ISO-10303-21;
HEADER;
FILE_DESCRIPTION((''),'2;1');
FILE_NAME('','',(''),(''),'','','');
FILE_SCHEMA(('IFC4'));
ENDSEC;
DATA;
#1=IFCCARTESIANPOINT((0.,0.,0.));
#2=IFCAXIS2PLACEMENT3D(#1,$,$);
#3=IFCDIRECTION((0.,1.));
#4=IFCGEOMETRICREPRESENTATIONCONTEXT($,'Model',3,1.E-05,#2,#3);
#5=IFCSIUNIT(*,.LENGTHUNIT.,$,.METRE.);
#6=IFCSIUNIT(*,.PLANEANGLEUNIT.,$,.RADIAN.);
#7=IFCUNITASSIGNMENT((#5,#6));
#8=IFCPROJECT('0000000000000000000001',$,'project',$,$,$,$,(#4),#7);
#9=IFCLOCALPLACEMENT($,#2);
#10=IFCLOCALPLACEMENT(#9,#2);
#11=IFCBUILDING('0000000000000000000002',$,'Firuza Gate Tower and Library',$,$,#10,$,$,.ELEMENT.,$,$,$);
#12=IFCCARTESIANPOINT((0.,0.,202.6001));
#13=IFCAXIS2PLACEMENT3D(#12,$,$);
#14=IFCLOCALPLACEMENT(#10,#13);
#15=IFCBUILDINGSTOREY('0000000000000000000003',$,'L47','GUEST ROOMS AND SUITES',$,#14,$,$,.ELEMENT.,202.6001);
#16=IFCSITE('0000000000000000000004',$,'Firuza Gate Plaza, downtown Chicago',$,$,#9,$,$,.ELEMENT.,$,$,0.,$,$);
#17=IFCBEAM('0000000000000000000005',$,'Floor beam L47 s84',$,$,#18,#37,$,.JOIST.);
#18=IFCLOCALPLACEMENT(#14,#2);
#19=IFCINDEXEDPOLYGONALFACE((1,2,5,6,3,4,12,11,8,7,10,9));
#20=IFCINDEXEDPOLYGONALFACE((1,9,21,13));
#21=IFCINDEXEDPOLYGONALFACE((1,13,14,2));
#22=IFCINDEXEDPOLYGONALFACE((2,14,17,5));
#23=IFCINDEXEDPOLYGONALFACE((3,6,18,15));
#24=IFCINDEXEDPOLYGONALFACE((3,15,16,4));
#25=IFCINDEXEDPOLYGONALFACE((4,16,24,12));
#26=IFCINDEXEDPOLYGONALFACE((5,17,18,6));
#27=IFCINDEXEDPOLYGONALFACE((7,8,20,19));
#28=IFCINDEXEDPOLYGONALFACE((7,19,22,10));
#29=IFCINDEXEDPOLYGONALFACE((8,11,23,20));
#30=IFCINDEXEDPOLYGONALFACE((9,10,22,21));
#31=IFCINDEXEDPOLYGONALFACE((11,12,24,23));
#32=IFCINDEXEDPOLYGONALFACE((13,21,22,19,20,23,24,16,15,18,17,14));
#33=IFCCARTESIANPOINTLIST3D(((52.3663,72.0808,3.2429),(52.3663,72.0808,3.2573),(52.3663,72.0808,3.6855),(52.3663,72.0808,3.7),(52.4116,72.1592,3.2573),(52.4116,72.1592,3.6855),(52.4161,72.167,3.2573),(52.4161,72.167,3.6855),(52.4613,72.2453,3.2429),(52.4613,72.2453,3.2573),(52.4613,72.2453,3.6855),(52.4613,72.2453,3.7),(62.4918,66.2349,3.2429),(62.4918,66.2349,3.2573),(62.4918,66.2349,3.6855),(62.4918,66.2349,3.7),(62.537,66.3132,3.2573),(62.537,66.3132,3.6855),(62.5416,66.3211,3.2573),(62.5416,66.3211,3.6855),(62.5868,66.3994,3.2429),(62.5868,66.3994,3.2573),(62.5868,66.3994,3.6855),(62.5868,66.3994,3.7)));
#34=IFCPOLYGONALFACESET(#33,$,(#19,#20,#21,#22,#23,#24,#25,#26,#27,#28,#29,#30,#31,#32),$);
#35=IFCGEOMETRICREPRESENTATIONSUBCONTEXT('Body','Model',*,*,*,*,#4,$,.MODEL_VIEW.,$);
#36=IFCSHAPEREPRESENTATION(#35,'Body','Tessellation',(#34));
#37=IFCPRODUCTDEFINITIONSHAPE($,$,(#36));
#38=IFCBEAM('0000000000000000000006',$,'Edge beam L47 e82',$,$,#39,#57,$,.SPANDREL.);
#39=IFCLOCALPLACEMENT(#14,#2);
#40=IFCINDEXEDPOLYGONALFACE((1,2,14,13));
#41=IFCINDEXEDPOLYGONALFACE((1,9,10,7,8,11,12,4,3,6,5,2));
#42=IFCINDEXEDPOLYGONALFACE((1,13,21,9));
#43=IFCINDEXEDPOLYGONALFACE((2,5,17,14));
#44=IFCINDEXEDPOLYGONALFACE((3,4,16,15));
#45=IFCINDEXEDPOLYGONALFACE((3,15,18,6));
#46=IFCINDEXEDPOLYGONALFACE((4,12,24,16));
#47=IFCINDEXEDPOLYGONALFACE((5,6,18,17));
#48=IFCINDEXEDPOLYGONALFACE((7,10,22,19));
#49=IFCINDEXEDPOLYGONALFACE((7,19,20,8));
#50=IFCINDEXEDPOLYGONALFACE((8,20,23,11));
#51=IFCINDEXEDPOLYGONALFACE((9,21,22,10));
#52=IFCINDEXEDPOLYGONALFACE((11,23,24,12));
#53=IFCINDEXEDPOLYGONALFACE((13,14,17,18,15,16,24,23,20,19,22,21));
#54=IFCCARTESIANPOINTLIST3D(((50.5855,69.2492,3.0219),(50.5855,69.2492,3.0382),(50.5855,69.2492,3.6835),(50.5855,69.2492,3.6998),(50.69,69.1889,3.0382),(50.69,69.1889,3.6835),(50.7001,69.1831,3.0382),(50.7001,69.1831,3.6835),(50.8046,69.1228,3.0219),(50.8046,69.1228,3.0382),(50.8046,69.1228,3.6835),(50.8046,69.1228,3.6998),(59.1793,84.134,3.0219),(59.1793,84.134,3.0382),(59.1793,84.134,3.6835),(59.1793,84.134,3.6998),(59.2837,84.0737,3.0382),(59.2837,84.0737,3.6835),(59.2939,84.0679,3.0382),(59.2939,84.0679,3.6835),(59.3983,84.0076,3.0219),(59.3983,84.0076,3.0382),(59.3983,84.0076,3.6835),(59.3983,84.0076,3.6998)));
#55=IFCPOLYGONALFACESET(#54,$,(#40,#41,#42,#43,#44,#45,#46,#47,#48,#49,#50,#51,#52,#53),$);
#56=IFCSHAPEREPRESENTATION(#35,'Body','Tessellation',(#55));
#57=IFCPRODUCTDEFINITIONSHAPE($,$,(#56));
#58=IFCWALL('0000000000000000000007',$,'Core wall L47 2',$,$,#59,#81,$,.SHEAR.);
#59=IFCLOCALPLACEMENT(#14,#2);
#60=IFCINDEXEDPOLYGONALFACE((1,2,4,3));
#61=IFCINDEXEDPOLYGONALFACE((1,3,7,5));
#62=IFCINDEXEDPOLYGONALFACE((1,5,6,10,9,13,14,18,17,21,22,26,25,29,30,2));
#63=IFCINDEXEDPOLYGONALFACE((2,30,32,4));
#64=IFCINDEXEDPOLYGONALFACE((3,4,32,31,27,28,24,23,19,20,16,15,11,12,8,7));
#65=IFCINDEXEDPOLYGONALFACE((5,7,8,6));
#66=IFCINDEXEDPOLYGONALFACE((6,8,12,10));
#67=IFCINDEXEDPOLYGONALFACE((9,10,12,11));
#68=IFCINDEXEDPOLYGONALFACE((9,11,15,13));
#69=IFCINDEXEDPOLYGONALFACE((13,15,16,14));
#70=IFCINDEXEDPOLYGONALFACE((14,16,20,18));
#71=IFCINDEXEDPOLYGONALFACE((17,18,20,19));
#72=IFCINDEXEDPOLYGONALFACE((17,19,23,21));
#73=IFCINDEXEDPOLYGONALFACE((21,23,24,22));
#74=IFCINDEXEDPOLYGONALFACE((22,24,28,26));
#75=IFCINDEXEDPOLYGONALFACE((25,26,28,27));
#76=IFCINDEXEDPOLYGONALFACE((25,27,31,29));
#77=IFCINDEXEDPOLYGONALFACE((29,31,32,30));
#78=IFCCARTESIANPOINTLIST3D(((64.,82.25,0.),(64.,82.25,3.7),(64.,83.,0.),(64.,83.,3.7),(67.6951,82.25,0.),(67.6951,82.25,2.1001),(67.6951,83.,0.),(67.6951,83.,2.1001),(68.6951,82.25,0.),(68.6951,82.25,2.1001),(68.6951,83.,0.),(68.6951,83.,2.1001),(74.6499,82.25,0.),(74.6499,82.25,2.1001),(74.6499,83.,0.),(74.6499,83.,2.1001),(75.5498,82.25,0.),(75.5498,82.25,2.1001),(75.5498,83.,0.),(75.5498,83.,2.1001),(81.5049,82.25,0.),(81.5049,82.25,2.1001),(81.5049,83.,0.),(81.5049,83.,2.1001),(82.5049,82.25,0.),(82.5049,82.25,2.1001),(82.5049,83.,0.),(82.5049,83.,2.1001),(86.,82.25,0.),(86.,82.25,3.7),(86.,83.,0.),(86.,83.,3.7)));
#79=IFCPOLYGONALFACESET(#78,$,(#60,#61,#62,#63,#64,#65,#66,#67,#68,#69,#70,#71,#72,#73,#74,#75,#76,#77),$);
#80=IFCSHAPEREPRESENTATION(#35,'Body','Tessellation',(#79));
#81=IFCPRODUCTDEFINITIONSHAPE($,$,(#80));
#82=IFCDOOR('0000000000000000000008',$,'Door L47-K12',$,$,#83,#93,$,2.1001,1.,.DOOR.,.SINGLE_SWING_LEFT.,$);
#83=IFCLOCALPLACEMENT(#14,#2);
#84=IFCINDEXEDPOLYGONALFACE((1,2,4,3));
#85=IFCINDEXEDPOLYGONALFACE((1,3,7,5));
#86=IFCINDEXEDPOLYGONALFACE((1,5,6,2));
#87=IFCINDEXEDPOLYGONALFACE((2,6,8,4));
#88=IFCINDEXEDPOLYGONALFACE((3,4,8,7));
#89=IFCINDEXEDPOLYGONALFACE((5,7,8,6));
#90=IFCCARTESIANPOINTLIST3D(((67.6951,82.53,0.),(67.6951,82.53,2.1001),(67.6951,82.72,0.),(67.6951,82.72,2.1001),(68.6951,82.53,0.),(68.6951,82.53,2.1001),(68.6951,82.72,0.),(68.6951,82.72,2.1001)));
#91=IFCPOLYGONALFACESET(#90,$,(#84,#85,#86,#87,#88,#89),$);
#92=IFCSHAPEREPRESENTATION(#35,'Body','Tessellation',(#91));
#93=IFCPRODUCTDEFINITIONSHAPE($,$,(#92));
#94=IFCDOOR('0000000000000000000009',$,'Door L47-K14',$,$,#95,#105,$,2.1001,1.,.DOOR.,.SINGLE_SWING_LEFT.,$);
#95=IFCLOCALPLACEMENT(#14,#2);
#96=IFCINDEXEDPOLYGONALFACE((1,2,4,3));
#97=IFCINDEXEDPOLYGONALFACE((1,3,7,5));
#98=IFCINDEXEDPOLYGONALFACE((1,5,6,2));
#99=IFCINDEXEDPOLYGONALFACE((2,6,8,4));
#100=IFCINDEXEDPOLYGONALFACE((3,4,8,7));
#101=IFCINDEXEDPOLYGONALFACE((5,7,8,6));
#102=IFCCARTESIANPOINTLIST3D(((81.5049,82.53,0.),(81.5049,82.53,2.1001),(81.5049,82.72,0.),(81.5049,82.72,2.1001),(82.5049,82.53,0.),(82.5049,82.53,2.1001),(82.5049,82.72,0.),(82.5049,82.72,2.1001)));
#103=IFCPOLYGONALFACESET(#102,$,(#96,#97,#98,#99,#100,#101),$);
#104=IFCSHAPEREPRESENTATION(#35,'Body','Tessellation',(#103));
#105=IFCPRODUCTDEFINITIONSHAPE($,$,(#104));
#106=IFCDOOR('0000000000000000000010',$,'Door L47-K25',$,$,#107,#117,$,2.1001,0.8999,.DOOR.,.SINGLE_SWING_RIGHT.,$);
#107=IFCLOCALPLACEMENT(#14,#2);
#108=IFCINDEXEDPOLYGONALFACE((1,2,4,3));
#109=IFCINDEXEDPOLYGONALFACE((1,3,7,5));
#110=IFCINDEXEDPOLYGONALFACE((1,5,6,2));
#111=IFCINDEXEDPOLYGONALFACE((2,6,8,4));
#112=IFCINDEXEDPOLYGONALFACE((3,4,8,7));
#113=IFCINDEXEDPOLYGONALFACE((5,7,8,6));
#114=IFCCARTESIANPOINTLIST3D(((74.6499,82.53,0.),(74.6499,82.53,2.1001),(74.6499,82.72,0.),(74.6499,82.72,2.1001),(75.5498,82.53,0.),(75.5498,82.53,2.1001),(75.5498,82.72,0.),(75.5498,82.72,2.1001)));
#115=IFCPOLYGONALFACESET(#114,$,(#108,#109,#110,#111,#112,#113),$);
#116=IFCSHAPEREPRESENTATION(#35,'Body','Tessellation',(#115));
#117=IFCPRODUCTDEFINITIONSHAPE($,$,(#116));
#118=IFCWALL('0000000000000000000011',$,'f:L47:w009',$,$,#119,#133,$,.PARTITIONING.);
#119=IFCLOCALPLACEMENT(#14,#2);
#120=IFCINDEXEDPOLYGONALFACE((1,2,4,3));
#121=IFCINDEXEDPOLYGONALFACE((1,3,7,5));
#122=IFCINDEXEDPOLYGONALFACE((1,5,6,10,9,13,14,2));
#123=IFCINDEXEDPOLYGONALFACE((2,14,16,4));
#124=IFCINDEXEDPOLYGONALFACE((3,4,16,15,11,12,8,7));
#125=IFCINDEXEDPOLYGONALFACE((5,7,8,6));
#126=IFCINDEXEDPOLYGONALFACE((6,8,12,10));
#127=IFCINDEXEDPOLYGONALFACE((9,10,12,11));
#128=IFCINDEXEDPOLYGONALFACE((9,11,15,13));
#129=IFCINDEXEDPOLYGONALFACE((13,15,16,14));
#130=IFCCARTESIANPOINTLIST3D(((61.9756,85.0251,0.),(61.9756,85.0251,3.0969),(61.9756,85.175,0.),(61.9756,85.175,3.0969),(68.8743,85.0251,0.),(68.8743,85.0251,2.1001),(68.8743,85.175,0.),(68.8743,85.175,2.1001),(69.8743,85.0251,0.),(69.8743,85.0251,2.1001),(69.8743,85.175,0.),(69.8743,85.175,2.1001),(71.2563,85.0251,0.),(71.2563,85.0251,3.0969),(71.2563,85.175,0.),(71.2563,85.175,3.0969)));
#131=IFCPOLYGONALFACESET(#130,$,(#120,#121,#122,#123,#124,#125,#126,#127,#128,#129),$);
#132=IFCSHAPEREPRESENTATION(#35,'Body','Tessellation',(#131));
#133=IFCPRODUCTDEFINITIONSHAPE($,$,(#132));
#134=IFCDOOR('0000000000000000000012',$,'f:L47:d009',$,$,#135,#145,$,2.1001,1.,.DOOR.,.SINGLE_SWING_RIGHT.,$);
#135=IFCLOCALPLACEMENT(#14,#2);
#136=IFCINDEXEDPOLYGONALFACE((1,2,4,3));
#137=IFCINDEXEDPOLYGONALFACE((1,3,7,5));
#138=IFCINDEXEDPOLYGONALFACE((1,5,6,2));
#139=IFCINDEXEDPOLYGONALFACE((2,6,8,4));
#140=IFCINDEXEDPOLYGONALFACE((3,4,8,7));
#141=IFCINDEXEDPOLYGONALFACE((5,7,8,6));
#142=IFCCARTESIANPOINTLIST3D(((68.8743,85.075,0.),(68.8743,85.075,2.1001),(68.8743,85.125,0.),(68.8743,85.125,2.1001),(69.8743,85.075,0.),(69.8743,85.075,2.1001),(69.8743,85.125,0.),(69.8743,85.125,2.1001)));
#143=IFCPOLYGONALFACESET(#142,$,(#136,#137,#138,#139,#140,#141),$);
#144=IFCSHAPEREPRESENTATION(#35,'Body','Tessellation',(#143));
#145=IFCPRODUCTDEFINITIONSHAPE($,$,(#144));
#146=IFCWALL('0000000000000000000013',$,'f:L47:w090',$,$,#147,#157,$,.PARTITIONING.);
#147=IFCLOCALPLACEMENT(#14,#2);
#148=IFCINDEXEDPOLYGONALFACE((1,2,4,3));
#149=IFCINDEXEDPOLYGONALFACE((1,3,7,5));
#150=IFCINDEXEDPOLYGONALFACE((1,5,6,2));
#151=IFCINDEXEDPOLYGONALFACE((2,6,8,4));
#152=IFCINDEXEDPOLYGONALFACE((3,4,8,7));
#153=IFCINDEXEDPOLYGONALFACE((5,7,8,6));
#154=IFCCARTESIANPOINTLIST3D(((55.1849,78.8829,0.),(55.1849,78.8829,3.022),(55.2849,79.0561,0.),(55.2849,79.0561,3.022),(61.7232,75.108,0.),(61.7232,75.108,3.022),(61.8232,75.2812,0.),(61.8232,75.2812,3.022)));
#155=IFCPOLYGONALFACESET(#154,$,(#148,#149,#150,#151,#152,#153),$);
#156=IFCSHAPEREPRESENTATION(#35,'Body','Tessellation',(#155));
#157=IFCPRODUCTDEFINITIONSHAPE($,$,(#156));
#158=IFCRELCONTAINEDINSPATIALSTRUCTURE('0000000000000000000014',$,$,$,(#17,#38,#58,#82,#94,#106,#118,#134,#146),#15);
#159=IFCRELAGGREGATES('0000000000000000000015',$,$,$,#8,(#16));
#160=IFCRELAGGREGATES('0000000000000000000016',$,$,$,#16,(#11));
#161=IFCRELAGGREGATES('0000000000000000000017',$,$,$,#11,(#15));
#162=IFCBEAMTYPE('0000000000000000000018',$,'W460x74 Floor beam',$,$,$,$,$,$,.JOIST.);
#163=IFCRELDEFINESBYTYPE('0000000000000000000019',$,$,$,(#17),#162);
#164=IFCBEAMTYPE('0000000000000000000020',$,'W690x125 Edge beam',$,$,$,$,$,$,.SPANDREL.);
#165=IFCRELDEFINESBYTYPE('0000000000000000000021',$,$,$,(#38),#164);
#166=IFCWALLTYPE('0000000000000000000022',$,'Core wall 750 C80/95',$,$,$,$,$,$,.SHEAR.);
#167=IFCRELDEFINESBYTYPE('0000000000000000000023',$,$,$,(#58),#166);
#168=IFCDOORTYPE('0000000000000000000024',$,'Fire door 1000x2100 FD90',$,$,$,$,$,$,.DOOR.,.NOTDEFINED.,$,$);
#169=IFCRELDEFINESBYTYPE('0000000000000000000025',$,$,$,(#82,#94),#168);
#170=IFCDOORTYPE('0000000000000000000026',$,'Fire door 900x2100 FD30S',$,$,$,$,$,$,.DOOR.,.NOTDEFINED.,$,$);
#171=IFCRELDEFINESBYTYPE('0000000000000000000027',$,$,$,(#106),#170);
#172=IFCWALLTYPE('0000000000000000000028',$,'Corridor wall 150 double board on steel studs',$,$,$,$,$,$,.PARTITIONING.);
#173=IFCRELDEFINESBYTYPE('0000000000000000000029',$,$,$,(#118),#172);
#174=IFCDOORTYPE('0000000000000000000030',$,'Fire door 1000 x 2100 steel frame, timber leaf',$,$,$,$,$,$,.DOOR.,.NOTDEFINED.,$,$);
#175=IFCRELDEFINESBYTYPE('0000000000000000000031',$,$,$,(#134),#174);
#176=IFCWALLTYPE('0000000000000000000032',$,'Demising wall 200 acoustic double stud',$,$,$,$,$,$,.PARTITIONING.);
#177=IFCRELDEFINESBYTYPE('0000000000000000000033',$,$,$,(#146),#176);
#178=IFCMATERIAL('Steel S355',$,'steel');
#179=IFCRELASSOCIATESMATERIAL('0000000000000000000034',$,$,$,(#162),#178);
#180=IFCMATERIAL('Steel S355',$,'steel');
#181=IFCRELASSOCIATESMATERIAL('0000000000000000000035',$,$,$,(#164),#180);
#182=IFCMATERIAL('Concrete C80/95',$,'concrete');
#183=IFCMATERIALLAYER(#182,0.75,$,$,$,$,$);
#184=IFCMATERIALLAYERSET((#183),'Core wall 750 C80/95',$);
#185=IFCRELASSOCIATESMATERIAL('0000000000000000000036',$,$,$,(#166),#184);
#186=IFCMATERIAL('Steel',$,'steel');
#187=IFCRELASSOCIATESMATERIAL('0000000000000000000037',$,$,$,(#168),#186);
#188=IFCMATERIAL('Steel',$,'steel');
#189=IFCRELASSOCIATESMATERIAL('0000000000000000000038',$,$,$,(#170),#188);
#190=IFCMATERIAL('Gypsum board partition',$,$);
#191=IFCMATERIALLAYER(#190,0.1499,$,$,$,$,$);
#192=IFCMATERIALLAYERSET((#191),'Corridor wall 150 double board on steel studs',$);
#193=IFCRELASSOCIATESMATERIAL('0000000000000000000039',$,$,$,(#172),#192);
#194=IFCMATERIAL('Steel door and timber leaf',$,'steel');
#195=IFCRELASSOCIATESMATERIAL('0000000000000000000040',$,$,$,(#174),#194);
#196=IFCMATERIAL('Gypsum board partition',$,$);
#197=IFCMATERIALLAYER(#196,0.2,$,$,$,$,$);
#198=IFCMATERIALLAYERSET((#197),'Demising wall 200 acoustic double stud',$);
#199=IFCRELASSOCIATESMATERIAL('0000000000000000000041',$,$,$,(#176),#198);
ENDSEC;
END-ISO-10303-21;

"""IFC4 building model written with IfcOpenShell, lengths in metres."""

from ifc_helpers import new_model, si_unit, direction, frame, frame_2d, origin, origin_2d, place, context, subcontext, project, spatial, rectangle, i_section, extrude, material, layer, layer_set, material_profile, profile_set, type_object, element, fill, save


model = new_model("IFC4")

# Units and contexts
model_context = context("Model", 3, precision=1e-05, world=origin(), true_north=direction((0.0, 1.0)))
body_context = subcontext(model_context, "Body", "Model", "MODEL_VIEW")
ifc_project = project(units=[si_unit("LENGTHUNIT", "METRE"), si_unit("PLANEANGLEUNIT", "RADIAN")], contexts=[model_context])

# Site, building, storey
site_placement = place(None, origin())
site = spatial("IfcSite", under=ifc_project, at=site_placement, Name="Firuza Gate Plaza, downtown Chicago", CompositionType="ELEMENT", RefElevation=0.0)
building_placement = place(site_placement, origin())
building = spatial("IfcBuilding", under=site, at=building_placement, Name="Firuza Gate Tower and Library", CompositionType="ELEMENT")
storey_placement = place(building_placement, frame((0.0, 0.0, 202.6001)))
storey = spatial("IfcBuildingStorey", under=building, at=storey_placement, Name="L47", Description="GUEST ROOMS AND SUITES", CompositionType="ELEMENT", Elevation=202.6001)

# Beams
ifc_material_1 = material(Name="Steel S355", Category="steel")
ifc_material_profile_1 = material_profile(ifc_material_1, i_section(OverallWidth=0.1899, OverallDepth=0.457, WebThickness=0.009, FlangeThickness=0.0144, at=origin_2d()))
ifc_profile_set_1 = profile_set([ifc_material_profile_1], Name="Steel S355")
beam_type_1 = type_object("IfcBeamType", Name="W460x74 Floor beam", PredefinedType="JOIST", material=ifc_profile_set_1)
beam_1_placement = place(storey_placement, frame((52.4138, 72.1631, 3.4714), z_axis=(0.866026, -0.5, 0.0), x_axis=(0.5, 0.866026, 0.0)))
element("IfcBeam", 1, at=beam_1_placement, inside=storey, type_object=beam_type_1, Name="Floor beam L47 s84", PredefinedType="JOIST", context=body_context, shape_type="SweptSolid", body=[
    extrude(i_section(OverallWidth=0.1899, OverallDepth=0.457, WebThickness=0.009, FlangeThickness=0.0144, at=origin_2d()), origin(), (0.0, 0.0, 1.0), 11.6919),
])
ifc_material_2 = material(Name="Steel S355", Category="steel")
ifc_material_profile_2 = material_profile(ifc_material_2, i_section(OverallWidth=0.2529, OverallDepth=0.678, WebThickness=0.0117, FlangeThickness=0.0164, at=origin_2d()))
ifc_profile_set_2 = profile_set([ifc_material_profile_2], Name="Steel S355")
beam_type_2 = type_object("IfcBeamType", Name="W690x125 Edge beam", PredefinedType="SPANDREL", material=ifc_profile_set_2)
beam_2_placement = place(storey_placement, frame((59.2888, 84.0708, 3.3608), z_axis=(-0.500001, -0.866025, 0.0), x_axis=(0.866025, -0.500001, 0.0)))
element("IfcBeam", 2, at=beam_2_placement, inside=storey, type_object=beam_type_2, Name="Edge beam L47 e82", PredefinedType="SPANDREL", context=body_context, shape_type="SweptSolid", body=[
    extrude(i_section(OverallWidth=0.2529, OverallDepth=0.678, WebThickness=0.0117, FlangeThickness=0.0164, at=origin_2d()), origin(), (0.0, 0.0, 1.0), 17.1875),
])

# Wall, openings, doors
ifc_material_3 = material(Name="Concrete C80/95", Category="concrete")
ifc_layer_1 = layer(ifc_material_3, 0.75)
ifc_layer_set_1 = layer_set([ifc_layer_1], Name="Core wall 750 C80/95")
wall_type_1 = type_object("IfcWallType", Name="Core wall 750 C80/95", PredefinedType="SHEAR", material=ifc_layer_set_1)
wall_1_placement = place(storey_placement, frame((64.0, 82.625, 0.0), z_axis=(0.0, 0.0, 1.0), x_axis=(1.0, 0.0, 0.0)))
wall_1 = element("IfcWall", 3, at=wall_1_placement, inside=storey, type_object=wall_type_1, Name="Core wall L47 2", PredefinedType="SHEAR", context=body_context, shape_type="SweptSolid", body=[
    extrude(rectangle(XDim=22.0, YDim=0.75, at=frame_2d((11.0, 0.0))), origin(), (0.0, 0.0, 1.0), 3.7),
])
opening_1_placement = place(wall_1_placement, frame((3.6951, 0.0, 0.0)))
opening_1 = element("IfcOpeningElement", 4, at=opening_1_placement, cuts=wall_1, PredefinedType="OPENING", context=body_context, shape_type="SweptSolid", body=[
    extrude(rectangle(XDim=1.0, YDim=2.1001, at=frame_2d((0.5, 1.05))), frame((0.0, 0.385, 0.0), z_axis=(0.0, -1.0, 0.0), x_axis=(1.0, 0.0, 0.0)), (0.0, 0.0, 1.0), 0.77),
])
opening_2_placement = place(wall_1_placement, frame((17.5049, 0.0, 0.0)))
opening_2 = element("IfcOpeningElement", 5, at=opening_2_placement, cuts=wall_1, PredefinedType="OPENING", context=body_context, shape_type="SweptSolid", body=[
    extrude(rectangle(XDim=1.0, YDim=2.1001, at=frame_2d((0.5, 1.05))), frame((0.0, 0.385, 0.0), z_axis=(0.0, -1.0, 0.0), x_axis=(1.0, 0.0, 0.0)), (0.0, 0.0, 1.0), 0.77),
])
opening_3_placement = place(wall_1_placement, frame((10.6499, 0.0, 0.0)))
opening_3 = element("IfcOpeningElement", 6, at=opening_3_placement, cuts=wall_1, PredefinedType="OPENING", context=body_context, shape_type="SweptSolid", body=[
    extrude(rectangle(XDim=0.8999, YDim=2.1001, at=frame_2d((0.45, 1.05))), frame((0.0, 0.385, 0.0), z_axis=(0.0, -1.0, 0.0), x_axis=(1.0, 0.0, 0.0)), (0.0, 0.0, 1.0), 0.77),
])
ifc_material_4 = material(Name="Steel", Category="steel")
door_type_1 = type_object("IfcDoorType", Name="Fire door 1000x2100 FD90", OperationType="NOTDEFINED", PredefinedType="DOOR", material=ifc_material_4)
door_1_placement = place(opening_1_placement, origin())
door_1 = element("IfcDoor", 7, at=door_1_placement, inside=storey, type_object=door_type_1, Name="Door L47-K12", OperationType="SINGLE_SWING_LEFT", OverallHeight=2.1001, OverallWidth=1.0, PredefinedType="DOOR", context=body_context, shape_type="SweptSolid", body=[
    extrude(rectangle(XDim=1.0, YDim=2.1001, at=frame_2d((0.5, 1.05))), frame((0.0, 0.095, 0.0), z_axis=(0.0, -1.0, 0.0), x_axis=(1.0, 0.0, 0.0)), (0.0, 0.0, 1.0), 0.1899),
])
fill(opening_1, door_1)
door_2_placement = place(opening_2_placement, origin())
door_2 = element("IfcDoor", 8, at=door_2_placement, inside=storey, type_object=door_type_1, Name="Door L47-K14", OperationType="SINGLE_SWING_LEFT", OverallHeight=2.1001, OverallWidth=1.0, PredefinedType="DOOR", context=body_context, shape_type="SweptSolid", body=[
    extrude(rectangle(XDim=1.0, YDim=2.1001, at=frame_2d((0.5, 1.05))), frame((0.0, 0.095, 0.0), z_axis=(0.0, -1.0, 0.0), x_axis=(1.0, 0.0, 0.0)), (0.0, 0.0, 1.0), 0.1899),
])
fill(opening_2, door_2)
ifc_material_5 = material(Name="Steel", Category="steel")
door_type_2 = type_object("IfcDoorType", Name="Fire door 900x2100 FD30S", OperationType="NOTDEFINED", PredefinedType="DOOR", material=ifc_material_5)
door_3_placement = place(opening_3_placement, origin())
door_3 = element("IfcDoor", 9, at=door_3_placement, inside=storey, type_object=door_type_2, Name="Door L47-K25", OperationType="SINGLE_SWING_RIGHT", OverallHeight=2.1001, OverallWidth=0.8999, PredefinedType="DOOR", context=body_context, shape_type="SweptSolid", body=[
    extrude(rectangle(XDim=0.8999, YDim=2.1001, at=frame_2d((0.45, 1.05))), frame((0.0, 0.095, 0.0), z_axis=(0.0, -1.0, 0.0), x_axis=(1.0, 0.0, 0.0)), (0.0, 0.0, 1.0), 0.1899),
])
fill(opening_3, door_3)

# Wall, opening, door
ifc_material_6 = material(Name="Gypsum board partition")
ifc_layer_2 = layer(ifc_material_6, 0.1499)
ifc_layer_set_2 = layer_set([ifc_layer_2], Name="Corridor wall 150 double board on steel studs")
wall_type_2 = type_object("IfcWallType", Name="Corridor wall 150 double board on steel studs", PredefinedType="PARTITIONING", material=ifc_layer_set_2)
wall_2_placement = place(storey_placement, frame((61.9756, 85.1001, 0.0), z_axis=(0.0, 0.0, 1.0), x_axis=(1.0, 0.0, 0.0)))
wall_2 = element("IfcWall", 10, at=wall_2_placement, inside=storey, type_object=wall_type_2, Name="f:L47:w009", PredefinedType="PARTITIONING", context=body_context, shape_type="SweptSolid", body=[
    extrude(rectangle(XDim=9.2808, YDim=0.1499, at=frame_2d((4.6404, 0.0))), origin(), (0.0, 0.0, 1.0), 3.0969),
])
opening_4_placement = place(wall_2_placement, frame((6.8987, 0.0, 0.0)))
opening_4 = element("IfcOpeningElement", 11, at=opening_4_placement, cuts=wall_2, PredefinedType="OPENING", context=body_context, shape_type="SweptSolid", body=[
    extrude(rectangle(XDim=1.0, YDim=2.1001, at=frame_2d((0.5, 1.05))), frame((0.0, 0.085, 0.0), z_axis=(0.0, -1.0, 0.0), x_axis=(1.0, 0.0, 0.0)), (0.0, 0.0, 1.0), 0.1699),
])
ifc_material_7 = material(Name="Steel door and timber leaf", Category="steel")
door_type_3 = type_object("IfcDoorType", Name="Fire door 1000 x 2100 steel frame, timber leaf", OperationType="NOTDEFINED", PredefinedType="DOOR", material=ifc_material_7)
door_4_placement = place(opening_4_placement, origin())
door_4 = element("IfcDoor", 12, at=door_4_placement, inside=storey, type_object=door_type_3, Name="f:L47:d009", OperationType="SINGLE_SWING_RIGHT", OverallHeight=2.1001, OverallWidth=1.0, PredefinedType="DOOR", context=body_context, shape_type="SweptSolid", body=[
    extrude(rectangle(XDim=1.0, YDim=2.1001, at=frame_2d((0.5, 1.05))), frame((0.0, 0.0249, 0.0), z_axis=(0.0, -1.0, 0.0), x_axis=(1.0, 0.0, 0.0)), (0.0, 0.0, 1.0), 0.05),
])
fill(opening_4, door_4)

# Wall
ifc_material_8 = material(Name="Gypsum board partition")
ifc_layer_3 = layer(ifc_material_8, 0.2)
ifc_layer_set_3 = layer_set([ifc_layer_3], Name="Demising wall 200 acoustic double stud")
wall_type_3 = type_object("IfcWallType", Name="Demising wall 200 acoustic double stud", PredefinedType="PARTITIONING", material=ifc_layer_set_3)
wall_3_placement = place(storey_placement, frame((61.7732, 75.1946, 0.0), z_axis=(0.0, 0.0, 1.0), x_axis=(-0.866026, 0.5, 0.0)))
element("IfcWall", 13, at=wall_3_placement, inside=storey, type_object=wall_type_3, Name="f:L47:w090", PredefinedType="PARTITIONING", context=body_context, shape_type="SweptSolid", body=[
    extrude(rectangle(XDim=7.5498, YDim=0.2, at=frame_2d((3.7749, 0.0))), origin(), (0.0, 0.0, 1.0), 3.022),
])

save(model, "model.ifc")
